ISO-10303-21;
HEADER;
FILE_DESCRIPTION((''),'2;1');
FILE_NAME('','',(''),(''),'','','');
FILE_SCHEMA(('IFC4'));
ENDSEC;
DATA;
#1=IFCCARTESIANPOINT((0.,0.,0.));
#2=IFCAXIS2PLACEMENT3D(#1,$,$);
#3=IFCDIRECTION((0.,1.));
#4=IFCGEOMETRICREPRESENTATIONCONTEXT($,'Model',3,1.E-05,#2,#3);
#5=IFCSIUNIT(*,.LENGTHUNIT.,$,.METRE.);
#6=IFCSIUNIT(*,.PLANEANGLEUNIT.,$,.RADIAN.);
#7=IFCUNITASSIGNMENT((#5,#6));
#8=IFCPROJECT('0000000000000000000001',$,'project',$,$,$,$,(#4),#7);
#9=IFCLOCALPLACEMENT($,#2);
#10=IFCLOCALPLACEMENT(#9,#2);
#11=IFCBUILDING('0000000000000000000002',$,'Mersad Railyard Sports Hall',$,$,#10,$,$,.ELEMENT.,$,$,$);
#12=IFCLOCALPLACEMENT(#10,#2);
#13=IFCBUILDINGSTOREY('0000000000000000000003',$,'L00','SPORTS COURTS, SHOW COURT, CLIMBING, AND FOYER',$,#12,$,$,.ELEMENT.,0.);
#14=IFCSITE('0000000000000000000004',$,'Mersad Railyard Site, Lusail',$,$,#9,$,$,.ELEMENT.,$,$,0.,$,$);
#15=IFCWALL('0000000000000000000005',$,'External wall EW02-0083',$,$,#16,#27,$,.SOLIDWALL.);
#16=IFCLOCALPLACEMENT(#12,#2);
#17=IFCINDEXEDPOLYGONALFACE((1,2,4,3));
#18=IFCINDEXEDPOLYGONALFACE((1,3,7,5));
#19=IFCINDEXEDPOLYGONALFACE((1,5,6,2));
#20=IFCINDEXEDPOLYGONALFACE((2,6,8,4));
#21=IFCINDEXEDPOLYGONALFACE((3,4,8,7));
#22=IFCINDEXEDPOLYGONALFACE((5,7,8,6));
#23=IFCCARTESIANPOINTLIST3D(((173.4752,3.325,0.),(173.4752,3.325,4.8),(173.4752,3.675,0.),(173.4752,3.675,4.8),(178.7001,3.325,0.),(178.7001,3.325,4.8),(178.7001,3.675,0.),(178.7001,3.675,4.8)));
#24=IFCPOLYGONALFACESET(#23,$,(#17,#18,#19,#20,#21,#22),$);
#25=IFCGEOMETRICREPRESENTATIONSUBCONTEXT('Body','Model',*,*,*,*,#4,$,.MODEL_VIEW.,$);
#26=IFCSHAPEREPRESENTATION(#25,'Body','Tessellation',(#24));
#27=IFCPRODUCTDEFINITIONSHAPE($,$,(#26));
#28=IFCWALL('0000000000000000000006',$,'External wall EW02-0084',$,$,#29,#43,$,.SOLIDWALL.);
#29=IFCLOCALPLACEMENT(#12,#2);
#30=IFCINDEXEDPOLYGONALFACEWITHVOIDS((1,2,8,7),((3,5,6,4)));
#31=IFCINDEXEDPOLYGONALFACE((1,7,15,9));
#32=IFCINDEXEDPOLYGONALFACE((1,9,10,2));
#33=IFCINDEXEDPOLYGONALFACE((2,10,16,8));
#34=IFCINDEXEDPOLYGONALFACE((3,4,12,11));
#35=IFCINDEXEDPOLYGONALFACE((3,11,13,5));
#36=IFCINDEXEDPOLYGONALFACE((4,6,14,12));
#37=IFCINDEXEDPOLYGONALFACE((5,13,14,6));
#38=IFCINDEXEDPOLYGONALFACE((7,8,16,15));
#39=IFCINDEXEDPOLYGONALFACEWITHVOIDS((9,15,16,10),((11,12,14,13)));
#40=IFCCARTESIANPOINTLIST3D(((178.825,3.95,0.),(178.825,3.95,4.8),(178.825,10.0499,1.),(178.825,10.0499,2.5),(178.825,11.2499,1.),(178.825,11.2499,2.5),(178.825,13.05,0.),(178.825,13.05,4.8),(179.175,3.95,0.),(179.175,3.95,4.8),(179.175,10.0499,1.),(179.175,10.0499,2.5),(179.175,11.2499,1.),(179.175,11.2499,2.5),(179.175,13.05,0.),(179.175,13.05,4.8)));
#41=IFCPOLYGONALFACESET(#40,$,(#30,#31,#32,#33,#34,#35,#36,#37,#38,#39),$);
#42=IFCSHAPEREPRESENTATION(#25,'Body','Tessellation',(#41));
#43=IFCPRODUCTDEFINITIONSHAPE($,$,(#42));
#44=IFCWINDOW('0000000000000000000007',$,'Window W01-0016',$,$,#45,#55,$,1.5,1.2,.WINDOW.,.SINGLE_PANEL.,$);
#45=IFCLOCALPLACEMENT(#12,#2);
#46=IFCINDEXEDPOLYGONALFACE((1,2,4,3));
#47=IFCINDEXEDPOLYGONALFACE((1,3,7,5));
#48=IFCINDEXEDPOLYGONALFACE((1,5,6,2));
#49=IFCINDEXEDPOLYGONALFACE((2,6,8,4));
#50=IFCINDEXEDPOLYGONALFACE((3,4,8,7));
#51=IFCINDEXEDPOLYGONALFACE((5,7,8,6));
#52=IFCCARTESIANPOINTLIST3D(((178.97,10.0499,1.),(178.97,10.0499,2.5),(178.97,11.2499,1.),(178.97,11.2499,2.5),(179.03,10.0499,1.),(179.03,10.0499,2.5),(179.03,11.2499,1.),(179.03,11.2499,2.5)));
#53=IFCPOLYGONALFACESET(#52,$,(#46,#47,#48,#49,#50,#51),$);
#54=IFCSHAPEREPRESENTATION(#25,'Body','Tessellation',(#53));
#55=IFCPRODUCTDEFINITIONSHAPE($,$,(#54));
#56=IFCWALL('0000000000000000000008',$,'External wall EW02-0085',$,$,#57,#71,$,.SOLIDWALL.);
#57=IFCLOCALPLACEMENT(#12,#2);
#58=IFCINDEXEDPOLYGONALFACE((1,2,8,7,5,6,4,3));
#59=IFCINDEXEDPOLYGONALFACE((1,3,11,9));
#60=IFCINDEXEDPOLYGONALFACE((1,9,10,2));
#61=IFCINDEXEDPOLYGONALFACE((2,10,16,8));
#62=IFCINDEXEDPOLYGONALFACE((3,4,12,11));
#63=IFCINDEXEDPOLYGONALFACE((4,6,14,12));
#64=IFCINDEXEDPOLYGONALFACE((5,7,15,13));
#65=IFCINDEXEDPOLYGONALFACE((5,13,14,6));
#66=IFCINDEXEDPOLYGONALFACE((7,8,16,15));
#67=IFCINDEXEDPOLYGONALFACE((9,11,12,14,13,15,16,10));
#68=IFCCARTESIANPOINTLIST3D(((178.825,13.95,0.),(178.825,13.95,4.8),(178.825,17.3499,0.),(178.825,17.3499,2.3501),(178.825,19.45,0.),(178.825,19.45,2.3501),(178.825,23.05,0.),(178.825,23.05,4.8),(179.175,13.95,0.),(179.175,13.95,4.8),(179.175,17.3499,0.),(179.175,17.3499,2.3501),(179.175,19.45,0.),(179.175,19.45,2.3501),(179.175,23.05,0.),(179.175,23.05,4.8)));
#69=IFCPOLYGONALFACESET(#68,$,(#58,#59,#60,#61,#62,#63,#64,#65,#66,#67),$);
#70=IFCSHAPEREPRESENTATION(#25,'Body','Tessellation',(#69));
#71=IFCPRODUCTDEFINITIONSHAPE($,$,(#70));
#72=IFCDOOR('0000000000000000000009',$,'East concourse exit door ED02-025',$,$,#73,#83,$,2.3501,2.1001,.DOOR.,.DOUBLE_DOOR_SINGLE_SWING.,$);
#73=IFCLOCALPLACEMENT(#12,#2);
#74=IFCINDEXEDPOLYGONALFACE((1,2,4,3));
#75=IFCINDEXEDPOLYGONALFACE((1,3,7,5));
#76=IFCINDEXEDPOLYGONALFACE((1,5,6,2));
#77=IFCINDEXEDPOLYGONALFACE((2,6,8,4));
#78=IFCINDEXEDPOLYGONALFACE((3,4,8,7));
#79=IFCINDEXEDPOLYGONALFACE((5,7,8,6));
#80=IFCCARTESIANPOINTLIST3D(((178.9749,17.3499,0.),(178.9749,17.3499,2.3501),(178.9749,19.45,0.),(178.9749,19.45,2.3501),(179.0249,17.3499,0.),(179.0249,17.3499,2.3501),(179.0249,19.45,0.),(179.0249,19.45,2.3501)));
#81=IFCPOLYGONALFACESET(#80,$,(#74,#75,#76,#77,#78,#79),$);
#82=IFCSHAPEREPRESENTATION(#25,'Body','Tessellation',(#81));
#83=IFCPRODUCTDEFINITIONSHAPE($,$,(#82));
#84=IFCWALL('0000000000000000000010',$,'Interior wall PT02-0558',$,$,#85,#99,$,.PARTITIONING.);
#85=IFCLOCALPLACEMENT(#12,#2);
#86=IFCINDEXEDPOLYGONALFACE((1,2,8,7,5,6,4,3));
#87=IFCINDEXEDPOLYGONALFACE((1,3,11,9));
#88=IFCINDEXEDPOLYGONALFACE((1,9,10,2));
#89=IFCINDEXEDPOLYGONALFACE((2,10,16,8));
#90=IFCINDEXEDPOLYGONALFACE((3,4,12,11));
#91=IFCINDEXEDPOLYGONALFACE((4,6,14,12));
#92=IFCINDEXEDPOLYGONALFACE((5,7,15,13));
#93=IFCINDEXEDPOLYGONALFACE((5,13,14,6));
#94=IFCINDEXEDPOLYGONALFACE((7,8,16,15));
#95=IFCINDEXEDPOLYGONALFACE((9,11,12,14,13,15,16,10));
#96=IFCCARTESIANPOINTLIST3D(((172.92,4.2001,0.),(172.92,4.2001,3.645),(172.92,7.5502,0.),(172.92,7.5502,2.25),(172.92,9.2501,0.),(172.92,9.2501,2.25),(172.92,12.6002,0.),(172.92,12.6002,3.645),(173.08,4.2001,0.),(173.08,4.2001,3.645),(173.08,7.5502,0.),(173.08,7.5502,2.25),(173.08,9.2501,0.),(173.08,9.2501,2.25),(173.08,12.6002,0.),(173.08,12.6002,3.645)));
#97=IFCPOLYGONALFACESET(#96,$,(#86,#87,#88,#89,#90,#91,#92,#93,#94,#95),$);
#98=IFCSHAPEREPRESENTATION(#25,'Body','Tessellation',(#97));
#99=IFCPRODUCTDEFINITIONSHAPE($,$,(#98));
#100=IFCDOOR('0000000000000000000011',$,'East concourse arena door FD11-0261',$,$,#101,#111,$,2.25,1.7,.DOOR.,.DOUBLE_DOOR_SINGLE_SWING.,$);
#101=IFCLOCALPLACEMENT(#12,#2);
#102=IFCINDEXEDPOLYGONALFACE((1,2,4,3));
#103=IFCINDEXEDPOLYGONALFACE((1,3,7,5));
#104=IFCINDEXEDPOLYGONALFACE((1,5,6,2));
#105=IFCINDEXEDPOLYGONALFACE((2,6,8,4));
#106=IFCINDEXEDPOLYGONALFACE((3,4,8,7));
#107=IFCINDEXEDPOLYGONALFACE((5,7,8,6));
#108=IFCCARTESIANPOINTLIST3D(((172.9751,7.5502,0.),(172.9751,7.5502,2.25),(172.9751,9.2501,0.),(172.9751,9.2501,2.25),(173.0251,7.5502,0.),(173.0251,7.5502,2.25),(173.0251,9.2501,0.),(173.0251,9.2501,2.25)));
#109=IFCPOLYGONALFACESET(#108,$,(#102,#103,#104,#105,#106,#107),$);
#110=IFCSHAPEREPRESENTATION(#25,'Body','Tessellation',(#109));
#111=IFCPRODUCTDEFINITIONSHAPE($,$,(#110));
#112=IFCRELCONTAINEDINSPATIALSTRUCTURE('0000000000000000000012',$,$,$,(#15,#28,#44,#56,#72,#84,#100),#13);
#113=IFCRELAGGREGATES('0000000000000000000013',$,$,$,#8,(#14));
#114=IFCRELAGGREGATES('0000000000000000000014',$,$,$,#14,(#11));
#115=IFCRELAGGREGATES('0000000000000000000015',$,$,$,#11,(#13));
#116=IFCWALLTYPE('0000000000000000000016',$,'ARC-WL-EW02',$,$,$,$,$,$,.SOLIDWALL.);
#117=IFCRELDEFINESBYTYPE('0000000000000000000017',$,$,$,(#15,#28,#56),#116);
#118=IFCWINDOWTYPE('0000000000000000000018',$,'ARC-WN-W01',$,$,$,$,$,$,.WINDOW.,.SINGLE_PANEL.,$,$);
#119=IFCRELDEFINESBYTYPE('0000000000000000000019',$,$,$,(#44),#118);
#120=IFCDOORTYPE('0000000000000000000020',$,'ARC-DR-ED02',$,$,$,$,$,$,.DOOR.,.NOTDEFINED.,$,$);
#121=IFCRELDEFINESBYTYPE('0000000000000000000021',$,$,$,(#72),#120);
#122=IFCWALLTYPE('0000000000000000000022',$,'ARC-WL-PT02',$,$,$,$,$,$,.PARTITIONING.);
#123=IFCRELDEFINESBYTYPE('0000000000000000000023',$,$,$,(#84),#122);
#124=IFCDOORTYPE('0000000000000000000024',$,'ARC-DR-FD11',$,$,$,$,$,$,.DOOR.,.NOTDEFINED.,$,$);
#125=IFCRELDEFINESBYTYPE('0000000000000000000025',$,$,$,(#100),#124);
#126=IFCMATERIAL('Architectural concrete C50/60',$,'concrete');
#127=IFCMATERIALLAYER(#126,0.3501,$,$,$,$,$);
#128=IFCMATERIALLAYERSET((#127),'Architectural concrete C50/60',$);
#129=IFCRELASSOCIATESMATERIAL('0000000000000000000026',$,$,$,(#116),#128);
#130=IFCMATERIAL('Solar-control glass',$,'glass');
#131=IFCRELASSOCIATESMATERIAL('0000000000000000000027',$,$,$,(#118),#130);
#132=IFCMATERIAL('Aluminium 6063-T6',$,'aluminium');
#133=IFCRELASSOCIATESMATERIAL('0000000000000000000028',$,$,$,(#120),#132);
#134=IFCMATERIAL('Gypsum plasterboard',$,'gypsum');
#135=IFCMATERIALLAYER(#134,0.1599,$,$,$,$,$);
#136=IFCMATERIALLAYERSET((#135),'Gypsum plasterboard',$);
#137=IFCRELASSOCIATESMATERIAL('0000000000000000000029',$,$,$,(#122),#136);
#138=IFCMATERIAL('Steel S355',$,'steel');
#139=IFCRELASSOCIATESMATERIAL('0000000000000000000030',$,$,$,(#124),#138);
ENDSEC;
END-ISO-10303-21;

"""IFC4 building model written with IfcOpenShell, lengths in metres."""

from ifc_helpers import new_model, si_unit, direction, frame, frame_2d, origin, place, context, subcontext, project, spatial, rectangle, extrude, material, layer, layer_set, type_object, element, fill, save


model = new_model("IFC4")

# Units and contexts
model_context = context("Model", 3, precision=1e-05, world=origin(), true_north=direction((0.0, 1.0)))
body_context = subcontext(model_context, "Body", "Model", "MODEL_VIEW")
ifc_project = project(units=[si_unit("LENGTHUNIT", "METRE"), si_unit("PLANEANGLEUNIT", "RADIAN")], contexts=[model_context])

# Site, building, storey
site_placement = place(None, origin())
site = spatial("IfcSite", under=ifc_project, at=site_placement, Name="Mersad Railyard Site, Lusail", CompositionType="ELEMENT", RefElevation=0.0)
building_placement = place(site_placement, origin())
building = spatial("IfcBuilding", under=site, at=building_placement, Name="Mersad Railyard Sports Hall", CompositionType="ELEMENT")
storey_placement = place(building_placement, origin())
storey = spatial("IfcBuildingStorey", under=building, at=storey_placement, Name="L00", Description="SPORTS COURTS, SHOW COURT, CLIMBING, AND FOYER", CompositionType="ELEMENT", Elevation=0.0)

# Shared definitions
ifc_material_1 = material(Name="Architectural concrete C50/60", Category="concrete")
ifc_layer_1 = layer(ifc_material_1, 0.3501)
ifc_layer_set_1 = layer_set([ifc_layer_1], Name="Architectural concrete C50/60")
wall_type_1 = type_object("IfcWallType", Name="ARC-WL-EW02", PredefinedType="SOLIDWALL", material=ifc_layer_set_1)
ifc_material_2 = material(Name="Aluminium 6063-T6", Category="aluminium")

# Wall
wall_1_placement = place(storey_placement, frame((178.7, 3.5, 0.0), z_axis=(0.0, 0.0, 1.0), x_axis=(-1.0, 0.0, 0.0)))
element("IfcWall", 1, at=wall_1_placement, inside=storey, type_object=wall_type_1, Name="External wall EW02-0083", PredefinedType="SOLIDWALL", context=body_context, shape_type="SweptSolid", body=[
    extrude(rectangle(XDim=5.2249, YDim=0.3501, at=frame_2d((2.6123, 0.0))), origin(), (0.0, 0.0, 1.0), 4.8),
])

# Wall, opening, window
wall_2_placement = place(storey_placement, frame((179.0, 13.05, 0.0), z_axis=(0.0, 0.0, 1.0), x_axis=(0.0, -1.0, 0.0)))
wall_2 = element("IfcWall", 2, at=wall_2_placement, inside=storey, type_object=wall_type_1, Name="External wall EW02-0084", PredefinedType="SOLIDWALL", context=body_context, shape_type="SweptSolid", body=[
    extrude(rectangle(XDim=9.1001, YDim=0.3501, at=frame_2d((4.55, 0.0))), origin(), (0.0, 0.0, 1.0), 4.8),
])
opening_1_placement = place(wall_2_placement, frame((1.8, 0.0, 1.0)))
opening_1 = element("IfcOpeningElement", 3, at=opening_1_placement, cuts=wall_2, PredefinedType="OPENING", context=body_context, shape_type="SweptSolid", body=[
    extrude(rectangle(XDim=1.2, YDim=1.5, at=frame_2d((0.6001, 0.75))), frame((0.0, 0.1851, 0.0), z_axis=(0.0, -1.0, 0.0), x_axis=(1.0, 0.0, 0.0)), (0.0, 0.0, 1.0), 0.3701),
])
ifc_material_3 = material(Name="Solar-control glass", Category="glass")
window_type = type_object("IfcWindowType", Name="ARC-WN-W01", PartitioningType="SINGLE_PANEL", PredefinedType="WINDOW", material=ifc_material_3)
window_placement = place(opening_1_placement, origin())
window = element("IfcWindow", 4, at=window_placement, inside=storey, type_object=window_type, Name="Window W01-0016", OverallHeight=1.5, OverallWidth=1.2, PartitioningType="SINGLE_PANEL", PredefinedType="WINDOW", context=body_context, shape_type="SweptSolid", body=[
    extrude(rectangle(XDim=1.2, YDim=1.5, at=frame_2d((0.6001, 0.75))), frame((0.0, 0.03, 0.0), z_axis=(0.0, -1.0, 0.0), x_axis=(1.0, 0.0, 0.0)), (0.0, 0.0, 1.0), 0.0601),
])
fill(opening_1, window)

# Walls, openings, doors
wall_3_placement = place(storey_placement, frame((179.0, 23.05, 0.0), z_axis=(0.0, 0.0, 1.0), x_axis=(0.0, -1.0, 0.0)))
wall_3 = element("IfcWall", 5, at=wall_3_placement, inside=storey, type_object=wall_type_1, Name="External wall EW02-0085", PredefinedType="SOLIDWALL", context=body_context, shape_type="SweptSolid", body=[
    extrude(rectangle(XDim=9.1001, YDim=0.3501, at=frame_2d((4.55, 0.0))), origin(), (0.0, 0.0, 1.0), 4.8),
])
opening_2_placement = place(wall_3_placement, frame((3.6001, 0.0, 0.0)))
opening_2 = element("IfcOpeningElement", 6, at=opening_2_placement, cuts=wall_3, PredefinedType="OPENING", context=body_context, shape_type="SweptSolid", body=[
    extrude(rectangle(XDim=2.1001, YDim=2.3501, at=frame_2d((1.05, 1.175))), frame((0.0, 0.1851, 0.0), z_axis=(0.0, -1.0, 0.0), x_axis=(1.0, 0.0, 0.0)), (0.0, 0.0, 1.0), 0.3701),
])
door_type_1 = type_object("IfcDoorType", Name="ARC-DR-ED02", OperationType="NOTDEFINED", PredefinedType="DOOR", material=ifc_material_2)
door_1_placement = place(opening_2_placement, origin())
door_1 = element("IfcDoor", 7, at=door_1_placement, inside=storey, type_object=door_type_1, Name="East concourse exit door ED02-025", OperationType="DOUBLE_DOOR_SINGLE_SWING", OverallHeight=2.3501, OverallWidth=2.1001, PredefinedType="DOOR", context=body_context, shape_type="SweptSolid", body=[
    extrude(rectangle(XDim=2.1001, YDim=2.3501, at=frame_2d((1.05, 1.175))), frame((0.0, 0.0249, 0.0), z_axis=(0.0, -1.0, 0.0), x_axis=(1.0, 0.0, 0.0)), (0.0, 0.0, 1.0), 0.05),
])
fill(opening_2, door_1)
ifc_material_4 = material(Name="Gypsum plasterboard", Category="gypsum")
ifc_layer_2 = layer(ifc_material_4, 0.1599)
ifc_layer_set_2 = layer_set([ifc_layer_2], Name="Gypsum plasterboard")
wall_type_2 = type_object("IfcWallType", Name="ARC-WL-PT02", PredefinedType="PARTITIONING", material=ifc_layer_set_2)
wall_4_placement = place(storey_placement, frame((173.0, 4.2, 0.0), z_axis=(0.0, 0.0, 1.0), x_axis=(0.0, 1.0, 0.0)))
wall_4 = element("IfcWall", 8, at=wall_4_placement, inside=storey, type_object=wall_type_2, Name="Interior wall PT02-0558", PredefinedType="PARTITIONING", context=body_context, shape_type="SweptSolid", body=[
    extrude(rectangle(XDim=8.4001, YDim=0.1599, at=frame_2d((4.2002, 0.0))), origin(), (0.0, 0.0, 1.0), 3.645),
])
opening_3_placement = place(wall_4_placement, frame((3.3501, 0.0, 0.0)))
opening_3 = element("IfcOpeningElement", 9, at=opening_3_placement, cuts=wall_4, PredefinedType="OPENING", context=body_context, shape_type="SweptSolid", body=[
    extrude(rectangle(XDim=1.7, YDim=2.25, at=frame_2d((0.8501, 1.125))), frame((0.0, 0.0898, 0.0), z_axis=(0.0, -1.0, 0.0), x_axis=(1.0, 0.0, 0.0)), (0.0, 0.0, 1.0), 0.1799),
])
ifc_material_5 = material(Name="Steel S355", Category="steel")
door_type_2 = type_object("IfcDoorType", Name="ARC-DR-FD11", OperationType="NOTDEFINED", PredefinedType="DOOR", material=ifc_material_5)
door_2_placement = place(opening_3_placement, origin())
door_2 = element("IfcDoor", 10, at=door_2_placement, inside=storey, type_object=door_type_2, Name="East concourse arena door FD11-0261", OperationType="DOUBLE_DOOR_SINGLE_SWING", OverallHeight=2.25, OverallWidth=1.7, PredefinedType="DOOR", context=body_context, shape_type="SweptSolid", body=[
    extrude(rectangle(XDim=1.7, YDim=2.25, at=frame_2d((0.8501, 1.125))), frame((0.0, 0.0249, 0.0), z_axis=(0.0, -1.0, 0.0), x_axis=(1.0, 0.0, 0.0)), (0.0, 0.0, 1.0), 0.05),
])
fill(opening_3, door_2)

save(model, "model.ifc")
